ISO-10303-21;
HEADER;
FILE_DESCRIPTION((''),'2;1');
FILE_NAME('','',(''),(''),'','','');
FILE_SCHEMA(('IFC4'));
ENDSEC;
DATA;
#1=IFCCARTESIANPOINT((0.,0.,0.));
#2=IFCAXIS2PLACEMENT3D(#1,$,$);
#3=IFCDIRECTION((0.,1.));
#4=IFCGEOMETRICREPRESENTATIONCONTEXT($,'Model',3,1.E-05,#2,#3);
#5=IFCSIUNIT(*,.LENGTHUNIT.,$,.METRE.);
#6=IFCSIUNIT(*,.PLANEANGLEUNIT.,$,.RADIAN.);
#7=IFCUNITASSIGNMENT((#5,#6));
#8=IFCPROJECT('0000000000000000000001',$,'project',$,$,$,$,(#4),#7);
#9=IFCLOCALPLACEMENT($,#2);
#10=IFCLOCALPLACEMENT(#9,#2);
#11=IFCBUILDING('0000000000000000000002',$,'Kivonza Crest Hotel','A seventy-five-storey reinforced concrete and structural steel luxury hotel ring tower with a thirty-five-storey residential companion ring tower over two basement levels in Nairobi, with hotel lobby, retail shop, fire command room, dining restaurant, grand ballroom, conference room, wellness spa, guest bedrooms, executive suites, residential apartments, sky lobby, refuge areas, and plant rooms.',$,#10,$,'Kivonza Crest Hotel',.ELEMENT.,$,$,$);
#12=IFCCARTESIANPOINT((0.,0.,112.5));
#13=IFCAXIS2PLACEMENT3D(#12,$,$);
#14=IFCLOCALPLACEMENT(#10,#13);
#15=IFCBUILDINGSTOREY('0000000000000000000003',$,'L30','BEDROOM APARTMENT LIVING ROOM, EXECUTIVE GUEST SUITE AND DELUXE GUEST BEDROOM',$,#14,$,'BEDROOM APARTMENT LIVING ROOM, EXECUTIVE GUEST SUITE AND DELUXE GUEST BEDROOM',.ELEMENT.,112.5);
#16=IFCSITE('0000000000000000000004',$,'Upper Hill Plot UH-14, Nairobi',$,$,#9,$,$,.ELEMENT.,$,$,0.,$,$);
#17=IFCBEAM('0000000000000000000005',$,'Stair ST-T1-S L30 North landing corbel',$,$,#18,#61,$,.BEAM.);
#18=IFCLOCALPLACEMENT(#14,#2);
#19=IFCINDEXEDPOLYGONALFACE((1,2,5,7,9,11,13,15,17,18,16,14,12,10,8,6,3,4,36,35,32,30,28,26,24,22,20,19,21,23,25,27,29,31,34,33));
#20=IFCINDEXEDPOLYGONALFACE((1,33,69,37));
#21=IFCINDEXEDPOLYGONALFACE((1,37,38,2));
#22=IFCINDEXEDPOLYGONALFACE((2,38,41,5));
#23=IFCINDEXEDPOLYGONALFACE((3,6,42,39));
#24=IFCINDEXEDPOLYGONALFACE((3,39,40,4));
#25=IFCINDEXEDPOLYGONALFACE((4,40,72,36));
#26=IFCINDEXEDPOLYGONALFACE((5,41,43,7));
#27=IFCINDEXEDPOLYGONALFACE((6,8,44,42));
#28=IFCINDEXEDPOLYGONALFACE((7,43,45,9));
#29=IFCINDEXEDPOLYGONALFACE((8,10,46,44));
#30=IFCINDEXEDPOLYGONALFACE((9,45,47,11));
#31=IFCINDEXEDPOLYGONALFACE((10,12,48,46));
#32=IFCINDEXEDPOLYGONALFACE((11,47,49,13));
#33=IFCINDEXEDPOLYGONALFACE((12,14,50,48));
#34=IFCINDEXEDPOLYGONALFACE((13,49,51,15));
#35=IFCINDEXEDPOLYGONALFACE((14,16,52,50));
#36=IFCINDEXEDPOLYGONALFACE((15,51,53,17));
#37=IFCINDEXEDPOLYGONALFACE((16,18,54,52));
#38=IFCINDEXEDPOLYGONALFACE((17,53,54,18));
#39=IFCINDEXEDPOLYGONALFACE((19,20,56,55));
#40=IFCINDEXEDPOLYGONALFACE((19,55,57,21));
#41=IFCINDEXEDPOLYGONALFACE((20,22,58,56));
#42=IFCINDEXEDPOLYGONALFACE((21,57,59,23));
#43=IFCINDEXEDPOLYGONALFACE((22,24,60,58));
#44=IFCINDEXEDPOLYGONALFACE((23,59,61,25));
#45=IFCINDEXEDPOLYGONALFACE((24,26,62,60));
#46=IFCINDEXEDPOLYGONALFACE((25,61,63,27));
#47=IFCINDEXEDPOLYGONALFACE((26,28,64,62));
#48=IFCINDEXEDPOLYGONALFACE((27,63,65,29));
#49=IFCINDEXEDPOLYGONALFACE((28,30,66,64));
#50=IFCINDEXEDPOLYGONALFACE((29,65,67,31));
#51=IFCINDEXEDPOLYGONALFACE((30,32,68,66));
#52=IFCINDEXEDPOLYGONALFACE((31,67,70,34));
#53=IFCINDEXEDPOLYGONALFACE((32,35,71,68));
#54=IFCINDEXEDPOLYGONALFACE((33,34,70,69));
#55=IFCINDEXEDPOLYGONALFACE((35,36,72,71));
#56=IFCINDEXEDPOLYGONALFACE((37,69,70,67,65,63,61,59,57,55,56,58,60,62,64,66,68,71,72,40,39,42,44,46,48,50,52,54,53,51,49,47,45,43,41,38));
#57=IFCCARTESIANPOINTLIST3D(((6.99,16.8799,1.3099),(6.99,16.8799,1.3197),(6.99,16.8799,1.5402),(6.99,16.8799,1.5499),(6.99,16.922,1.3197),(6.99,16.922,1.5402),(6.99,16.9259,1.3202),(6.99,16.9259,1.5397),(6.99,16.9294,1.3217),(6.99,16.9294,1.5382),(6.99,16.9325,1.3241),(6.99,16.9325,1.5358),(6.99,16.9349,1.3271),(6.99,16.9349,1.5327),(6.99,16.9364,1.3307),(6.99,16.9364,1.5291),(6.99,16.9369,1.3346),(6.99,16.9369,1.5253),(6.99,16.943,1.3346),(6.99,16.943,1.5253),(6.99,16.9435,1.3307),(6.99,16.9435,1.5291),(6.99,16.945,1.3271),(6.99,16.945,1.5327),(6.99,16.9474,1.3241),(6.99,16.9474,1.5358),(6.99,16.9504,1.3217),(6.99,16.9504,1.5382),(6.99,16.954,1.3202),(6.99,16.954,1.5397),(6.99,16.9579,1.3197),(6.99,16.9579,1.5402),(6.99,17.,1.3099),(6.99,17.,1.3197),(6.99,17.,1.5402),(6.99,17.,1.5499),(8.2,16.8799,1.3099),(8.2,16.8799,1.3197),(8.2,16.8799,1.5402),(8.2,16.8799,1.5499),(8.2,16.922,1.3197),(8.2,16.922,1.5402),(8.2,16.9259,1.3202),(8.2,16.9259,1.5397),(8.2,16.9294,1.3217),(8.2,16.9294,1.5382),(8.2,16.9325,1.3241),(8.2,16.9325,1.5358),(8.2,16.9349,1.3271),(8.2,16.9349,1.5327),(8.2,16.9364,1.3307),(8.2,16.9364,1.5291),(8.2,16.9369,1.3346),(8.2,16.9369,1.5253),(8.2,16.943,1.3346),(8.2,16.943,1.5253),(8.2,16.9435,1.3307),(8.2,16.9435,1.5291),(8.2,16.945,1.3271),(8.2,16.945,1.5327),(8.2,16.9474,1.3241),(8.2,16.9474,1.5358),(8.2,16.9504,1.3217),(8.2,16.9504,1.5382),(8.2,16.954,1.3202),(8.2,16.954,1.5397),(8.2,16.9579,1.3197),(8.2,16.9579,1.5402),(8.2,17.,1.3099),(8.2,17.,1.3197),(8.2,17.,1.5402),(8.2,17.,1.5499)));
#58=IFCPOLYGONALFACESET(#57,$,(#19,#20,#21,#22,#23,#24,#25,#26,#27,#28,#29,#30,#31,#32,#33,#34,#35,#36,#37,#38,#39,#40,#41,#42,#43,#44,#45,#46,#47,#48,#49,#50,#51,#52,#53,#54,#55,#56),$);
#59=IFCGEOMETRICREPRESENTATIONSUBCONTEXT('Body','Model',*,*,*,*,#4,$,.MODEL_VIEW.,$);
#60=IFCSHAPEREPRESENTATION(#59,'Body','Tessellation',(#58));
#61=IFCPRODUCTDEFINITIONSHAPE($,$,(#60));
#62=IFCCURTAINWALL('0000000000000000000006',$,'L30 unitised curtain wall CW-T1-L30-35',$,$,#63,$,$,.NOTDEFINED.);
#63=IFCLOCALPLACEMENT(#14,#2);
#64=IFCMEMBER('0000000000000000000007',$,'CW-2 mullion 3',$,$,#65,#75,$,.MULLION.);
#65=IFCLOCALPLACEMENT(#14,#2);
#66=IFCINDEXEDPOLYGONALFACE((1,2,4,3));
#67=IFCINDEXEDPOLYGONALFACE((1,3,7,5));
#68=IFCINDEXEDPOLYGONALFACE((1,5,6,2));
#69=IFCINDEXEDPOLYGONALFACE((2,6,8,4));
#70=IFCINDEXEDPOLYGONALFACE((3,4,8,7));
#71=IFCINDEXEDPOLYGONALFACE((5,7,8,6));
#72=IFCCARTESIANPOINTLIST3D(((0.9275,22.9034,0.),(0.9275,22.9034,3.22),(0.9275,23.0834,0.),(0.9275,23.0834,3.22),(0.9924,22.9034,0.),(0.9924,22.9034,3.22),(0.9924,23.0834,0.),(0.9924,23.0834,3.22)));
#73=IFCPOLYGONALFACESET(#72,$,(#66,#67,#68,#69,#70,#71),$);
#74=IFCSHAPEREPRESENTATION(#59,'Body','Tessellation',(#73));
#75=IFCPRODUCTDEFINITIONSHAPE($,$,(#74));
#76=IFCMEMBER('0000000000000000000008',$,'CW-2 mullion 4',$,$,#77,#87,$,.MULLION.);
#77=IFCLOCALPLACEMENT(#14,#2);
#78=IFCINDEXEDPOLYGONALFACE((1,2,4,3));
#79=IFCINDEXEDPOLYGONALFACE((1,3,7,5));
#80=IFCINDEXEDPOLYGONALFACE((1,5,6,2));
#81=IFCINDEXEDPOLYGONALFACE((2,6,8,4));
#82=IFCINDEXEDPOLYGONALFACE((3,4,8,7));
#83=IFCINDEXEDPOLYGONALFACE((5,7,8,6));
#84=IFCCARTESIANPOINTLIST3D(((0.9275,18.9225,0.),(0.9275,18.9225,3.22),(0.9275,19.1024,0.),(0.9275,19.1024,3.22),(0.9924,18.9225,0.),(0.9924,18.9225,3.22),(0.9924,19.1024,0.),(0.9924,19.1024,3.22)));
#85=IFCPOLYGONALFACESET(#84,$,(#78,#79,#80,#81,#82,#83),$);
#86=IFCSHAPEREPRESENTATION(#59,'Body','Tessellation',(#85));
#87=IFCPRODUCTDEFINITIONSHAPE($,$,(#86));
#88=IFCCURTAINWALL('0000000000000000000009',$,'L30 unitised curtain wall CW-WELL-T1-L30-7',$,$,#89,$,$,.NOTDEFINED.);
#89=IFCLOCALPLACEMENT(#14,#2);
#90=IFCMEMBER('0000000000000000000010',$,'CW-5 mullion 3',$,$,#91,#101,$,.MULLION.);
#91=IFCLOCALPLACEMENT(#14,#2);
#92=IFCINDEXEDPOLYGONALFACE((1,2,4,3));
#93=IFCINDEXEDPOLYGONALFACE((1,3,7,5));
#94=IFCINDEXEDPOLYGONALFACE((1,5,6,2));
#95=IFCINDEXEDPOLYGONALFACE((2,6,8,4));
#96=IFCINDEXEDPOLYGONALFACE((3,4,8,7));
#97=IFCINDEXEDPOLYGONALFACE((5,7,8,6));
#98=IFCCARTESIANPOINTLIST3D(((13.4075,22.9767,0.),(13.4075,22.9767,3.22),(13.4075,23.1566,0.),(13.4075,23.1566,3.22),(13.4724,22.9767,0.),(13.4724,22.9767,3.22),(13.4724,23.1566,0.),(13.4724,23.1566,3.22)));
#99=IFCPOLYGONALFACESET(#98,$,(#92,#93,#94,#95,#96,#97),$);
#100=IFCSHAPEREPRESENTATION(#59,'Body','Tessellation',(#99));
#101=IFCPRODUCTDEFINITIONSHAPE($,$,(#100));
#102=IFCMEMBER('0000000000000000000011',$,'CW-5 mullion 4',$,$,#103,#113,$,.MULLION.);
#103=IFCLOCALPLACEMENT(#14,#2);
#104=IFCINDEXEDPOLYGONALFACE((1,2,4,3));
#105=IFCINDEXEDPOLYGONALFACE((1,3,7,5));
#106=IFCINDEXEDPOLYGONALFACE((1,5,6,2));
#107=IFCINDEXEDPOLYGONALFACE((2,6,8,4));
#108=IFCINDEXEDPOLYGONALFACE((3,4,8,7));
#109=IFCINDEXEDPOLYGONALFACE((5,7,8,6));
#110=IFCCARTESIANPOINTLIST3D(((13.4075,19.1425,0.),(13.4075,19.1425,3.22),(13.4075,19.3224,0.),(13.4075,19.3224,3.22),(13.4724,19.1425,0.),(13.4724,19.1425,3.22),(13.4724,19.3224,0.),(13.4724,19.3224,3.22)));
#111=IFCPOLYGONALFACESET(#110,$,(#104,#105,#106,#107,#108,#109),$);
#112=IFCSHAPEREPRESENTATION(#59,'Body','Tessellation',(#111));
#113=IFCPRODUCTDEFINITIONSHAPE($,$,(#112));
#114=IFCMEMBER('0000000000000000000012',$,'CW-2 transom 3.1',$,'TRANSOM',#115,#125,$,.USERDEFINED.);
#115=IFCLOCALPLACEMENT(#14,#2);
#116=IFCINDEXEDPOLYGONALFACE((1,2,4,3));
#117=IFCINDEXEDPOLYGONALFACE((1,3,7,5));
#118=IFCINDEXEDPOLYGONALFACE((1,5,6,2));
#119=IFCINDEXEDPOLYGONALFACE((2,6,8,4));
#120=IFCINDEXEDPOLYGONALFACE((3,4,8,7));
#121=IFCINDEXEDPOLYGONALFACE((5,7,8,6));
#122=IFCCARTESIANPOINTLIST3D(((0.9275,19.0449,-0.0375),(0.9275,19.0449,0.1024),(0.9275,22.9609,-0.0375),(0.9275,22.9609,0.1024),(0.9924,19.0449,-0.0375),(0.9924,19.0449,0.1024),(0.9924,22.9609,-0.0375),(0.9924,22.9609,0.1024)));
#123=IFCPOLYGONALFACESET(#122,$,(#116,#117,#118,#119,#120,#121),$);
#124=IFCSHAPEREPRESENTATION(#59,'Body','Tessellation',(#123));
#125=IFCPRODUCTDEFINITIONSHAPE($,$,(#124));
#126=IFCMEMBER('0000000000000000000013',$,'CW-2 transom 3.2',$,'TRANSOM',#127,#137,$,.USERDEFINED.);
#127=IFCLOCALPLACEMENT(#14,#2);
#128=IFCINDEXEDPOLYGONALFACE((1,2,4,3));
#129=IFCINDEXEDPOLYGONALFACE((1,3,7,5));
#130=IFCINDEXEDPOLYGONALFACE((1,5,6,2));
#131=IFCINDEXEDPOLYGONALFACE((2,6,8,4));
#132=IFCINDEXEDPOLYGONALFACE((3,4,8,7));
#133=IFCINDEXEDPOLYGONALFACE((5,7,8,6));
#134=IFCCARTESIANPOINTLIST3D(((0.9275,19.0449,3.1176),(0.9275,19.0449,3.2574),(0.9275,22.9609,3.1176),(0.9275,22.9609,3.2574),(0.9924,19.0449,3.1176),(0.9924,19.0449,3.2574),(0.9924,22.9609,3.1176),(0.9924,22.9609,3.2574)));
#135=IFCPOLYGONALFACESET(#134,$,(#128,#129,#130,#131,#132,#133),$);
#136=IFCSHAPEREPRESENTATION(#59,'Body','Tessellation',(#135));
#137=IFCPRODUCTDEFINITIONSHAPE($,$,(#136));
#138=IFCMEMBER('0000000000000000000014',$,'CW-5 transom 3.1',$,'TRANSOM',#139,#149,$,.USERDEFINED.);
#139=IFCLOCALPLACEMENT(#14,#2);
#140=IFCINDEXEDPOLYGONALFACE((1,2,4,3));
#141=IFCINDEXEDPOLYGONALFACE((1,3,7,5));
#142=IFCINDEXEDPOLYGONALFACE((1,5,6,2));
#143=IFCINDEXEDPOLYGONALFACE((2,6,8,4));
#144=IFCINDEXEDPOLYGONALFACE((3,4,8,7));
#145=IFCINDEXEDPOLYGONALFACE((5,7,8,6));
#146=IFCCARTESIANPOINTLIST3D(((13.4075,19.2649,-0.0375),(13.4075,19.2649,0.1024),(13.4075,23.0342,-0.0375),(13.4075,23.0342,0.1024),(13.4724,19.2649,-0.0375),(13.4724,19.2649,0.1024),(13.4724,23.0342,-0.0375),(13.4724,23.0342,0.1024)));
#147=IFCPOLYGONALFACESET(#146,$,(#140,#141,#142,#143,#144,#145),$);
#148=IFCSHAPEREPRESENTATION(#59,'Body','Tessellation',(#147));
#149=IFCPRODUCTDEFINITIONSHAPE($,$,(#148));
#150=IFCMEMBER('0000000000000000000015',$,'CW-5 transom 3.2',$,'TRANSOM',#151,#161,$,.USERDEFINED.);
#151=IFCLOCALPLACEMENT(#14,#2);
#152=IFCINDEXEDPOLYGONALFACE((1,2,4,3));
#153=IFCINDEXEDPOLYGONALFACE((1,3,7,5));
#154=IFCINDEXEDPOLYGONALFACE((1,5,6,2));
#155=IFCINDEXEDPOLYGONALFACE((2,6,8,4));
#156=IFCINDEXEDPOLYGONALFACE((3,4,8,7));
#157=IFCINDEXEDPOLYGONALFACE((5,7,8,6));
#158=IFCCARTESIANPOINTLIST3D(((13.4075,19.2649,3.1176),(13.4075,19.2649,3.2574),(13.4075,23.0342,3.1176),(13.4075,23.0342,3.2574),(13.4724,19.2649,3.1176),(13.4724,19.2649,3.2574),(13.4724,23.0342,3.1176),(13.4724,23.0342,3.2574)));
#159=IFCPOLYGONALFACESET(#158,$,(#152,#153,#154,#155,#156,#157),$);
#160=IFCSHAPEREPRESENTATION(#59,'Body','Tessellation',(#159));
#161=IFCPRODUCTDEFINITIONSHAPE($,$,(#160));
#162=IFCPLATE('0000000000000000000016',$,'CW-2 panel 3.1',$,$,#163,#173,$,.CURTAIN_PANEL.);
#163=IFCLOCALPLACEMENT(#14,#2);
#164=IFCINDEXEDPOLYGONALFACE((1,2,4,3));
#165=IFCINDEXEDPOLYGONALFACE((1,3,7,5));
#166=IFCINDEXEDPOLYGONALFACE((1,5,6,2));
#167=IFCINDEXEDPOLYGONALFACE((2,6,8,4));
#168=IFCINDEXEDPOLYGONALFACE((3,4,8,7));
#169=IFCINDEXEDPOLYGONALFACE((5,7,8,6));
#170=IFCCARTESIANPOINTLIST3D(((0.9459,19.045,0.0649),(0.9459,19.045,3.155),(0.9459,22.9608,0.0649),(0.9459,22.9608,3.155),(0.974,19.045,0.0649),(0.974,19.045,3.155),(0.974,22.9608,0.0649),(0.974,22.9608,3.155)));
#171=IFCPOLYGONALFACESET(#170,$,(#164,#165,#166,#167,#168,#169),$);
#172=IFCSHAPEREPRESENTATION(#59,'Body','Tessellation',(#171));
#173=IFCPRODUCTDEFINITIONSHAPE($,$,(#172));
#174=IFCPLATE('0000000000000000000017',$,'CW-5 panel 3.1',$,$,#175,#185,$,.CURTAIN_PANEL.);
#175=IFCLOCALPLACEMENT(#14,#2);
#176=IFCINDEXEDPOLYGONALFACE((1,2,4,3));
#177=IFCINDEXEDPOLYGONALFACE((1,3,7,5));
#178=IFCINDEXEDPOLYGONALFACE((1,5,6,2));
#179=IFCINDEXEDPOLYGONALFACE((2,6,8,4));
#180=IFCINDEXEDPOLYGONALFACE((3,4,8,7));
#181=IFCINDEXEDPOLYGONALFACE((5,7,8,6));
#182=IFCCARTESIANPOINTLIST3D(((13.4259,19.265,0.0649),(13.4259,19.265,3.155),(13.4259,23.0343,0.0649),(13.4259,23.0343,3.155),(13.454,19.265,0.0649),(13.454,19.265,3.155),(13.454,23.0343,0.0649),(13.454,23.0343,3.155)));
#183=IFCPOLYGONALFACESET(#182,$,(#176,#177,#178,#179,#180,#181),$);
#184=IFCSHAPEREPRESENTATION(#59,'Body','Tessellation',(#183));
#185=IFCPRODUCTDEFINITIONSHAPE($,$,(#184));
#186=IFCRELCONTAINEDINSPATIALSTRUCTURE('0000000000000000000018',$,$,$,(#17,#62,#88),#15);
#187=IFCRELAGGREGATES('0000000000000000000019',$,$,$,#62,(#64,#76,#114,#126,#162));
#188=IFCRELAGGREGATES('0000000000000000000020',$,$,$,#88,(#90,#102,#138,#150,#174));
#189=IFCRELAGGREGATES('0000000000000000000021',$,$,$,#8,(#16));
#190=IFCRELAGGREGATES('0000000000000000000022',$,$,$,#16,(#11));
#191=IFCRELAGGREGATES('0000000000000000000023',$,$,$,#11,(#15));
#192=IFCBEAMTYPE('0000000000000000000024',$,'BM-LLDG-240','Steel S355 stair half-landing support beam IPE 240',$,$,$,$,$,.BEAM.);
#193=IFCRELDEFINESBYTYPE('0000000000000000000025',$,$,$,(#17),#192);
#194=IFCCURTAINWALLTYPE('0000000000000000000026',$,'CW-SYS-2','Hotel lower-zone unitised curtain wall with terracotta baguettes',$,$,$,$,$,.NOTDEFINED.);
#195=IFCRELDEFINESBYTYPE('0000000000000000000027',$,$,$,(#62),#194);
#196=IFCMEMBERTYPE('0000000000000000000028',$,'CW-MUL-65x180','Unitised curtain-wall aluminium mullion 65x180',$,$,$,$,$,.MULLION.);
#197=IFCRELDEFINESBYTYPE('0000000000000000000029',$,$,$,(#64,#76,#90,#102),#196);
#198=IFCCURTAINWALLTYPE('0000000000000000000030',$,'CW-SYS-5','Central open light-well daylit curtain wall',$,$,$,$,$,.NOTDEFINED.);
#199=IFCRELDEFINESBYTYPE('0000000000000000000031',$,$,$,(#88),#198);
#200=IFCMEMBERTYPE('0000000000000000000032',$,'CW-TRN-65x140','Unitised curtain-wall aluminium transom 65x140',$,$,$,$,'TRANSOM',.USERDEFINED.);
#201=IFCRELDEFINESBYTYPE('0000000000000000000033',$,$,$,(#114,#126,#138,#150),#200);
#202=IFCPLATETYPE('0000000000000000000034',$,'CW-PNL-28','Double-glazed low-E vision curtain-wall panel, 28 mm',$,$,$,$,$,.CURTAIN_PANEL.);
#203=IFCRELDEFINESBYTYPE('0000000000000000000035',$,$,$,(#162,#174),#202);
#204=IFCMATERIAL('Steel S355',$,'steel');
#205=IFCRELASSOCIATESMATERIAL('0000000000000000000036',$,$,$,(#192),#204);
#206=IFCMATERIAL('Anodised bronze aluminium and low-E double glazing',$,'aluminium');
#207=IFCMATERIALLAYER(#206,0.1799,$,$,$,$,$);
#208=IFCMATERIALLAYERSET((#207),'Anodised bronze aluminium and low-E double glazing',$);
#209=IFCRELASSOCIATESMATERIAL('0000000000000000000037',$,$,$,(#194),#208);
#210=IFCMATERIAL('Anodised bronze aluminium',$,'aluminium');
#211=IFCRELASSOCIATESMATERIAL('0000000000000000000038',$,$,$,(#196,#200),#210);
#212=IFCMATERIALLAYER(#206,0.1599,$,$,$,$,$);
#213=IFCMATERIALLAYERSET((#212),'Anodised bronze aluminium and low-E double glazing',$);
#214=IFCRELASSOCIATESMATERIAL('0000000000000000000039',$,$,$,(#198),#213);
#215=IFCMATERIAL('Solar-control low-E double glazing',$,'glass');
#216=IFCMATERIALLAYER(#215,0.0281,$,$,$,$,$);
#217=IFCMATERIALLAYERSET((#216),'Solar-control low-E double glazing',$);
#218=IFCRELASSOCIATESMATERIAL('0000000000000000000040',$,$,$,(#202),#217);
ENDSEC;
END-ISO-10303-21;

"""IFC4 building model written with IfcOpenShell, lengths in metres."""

from ifc_helpers import new_model, si_unit, direction, frame, origin, origin_2d, place, context, subcontext, project, spatial, rectangle, i_section, extrude, material, layer, layer_set, material_profile, profile_set, type_object, element, aggregate, save


model = new_model("IFC4")

# Units and contexts
model_context = context("Model", 3, precision=1e-05, world=origin(), true_north=direction((0.0, 1.0)))
body_context = subcontext(model_context, "Body", "Model", "MODEL_VIEW")
ifc_project = project(units=[si_unit("LENGTHUNIT", "METRE"), si_unit("PLANEANGLEUNIT", "RADIAN")], contexts=[model_context])

# Site, building, storey
site_placement = place(None, origin())
site = spatial("IfcSite", under=ifc_project, at=site_placement, Name="Upper Hill Plot UH-14, Nairobi", CompositionType="ELEMENT", RefElevation=0.0)
building_placement = place(site_placement, origin())
building = spatial("IfcBuilding", under=site, at=building_placement, Name="Kivonza Crest Hotel", Description="A seventy-five-storey reinforced concrete and structural steel luxury hotel ring tower with a thirty-five-storey residential companion ring tower over two basement levels in Nairobi, with hotel lobby, retail shop, fire command room, dining restaurant, grand ballroom, conference room, wellness spa, guest bedrooms, executive suites, residential apartments, sky lobby, refuge areas, and plant rooms.", LongName="Kivonza Crest Hotel", CompositionType="ELEMENT")
storey_placement = place(building_placement, frame((0.0, 0.0, 112.5)))
storey = spatial("IfcBuildingStorey", under=building, at=storey_placement, Name="L30", Description="BEDROOM APARTMENT LIVING ROOM, EXECUTIVE GUEST SUITE AND DELUXE GUEST BEDROOM", LongName="BEDROOM APARTMENT LIVING ROOM, EXECUTIVE GUEST SUITE AND DELUXE GUEST BEDROOM", CompositionType="ELEMENT", Elevation=112.5)

# Beam
ifc_material_1 = material(Name="Steel S355", Category="steel")
ifc_material_profile_1 = material_profile(ifc_material_1, i_section(OverallWidth=0.1201, OverallDepth=0.24, WebThickness=0.0061, FlangeThickness=0.0098, FilletRadius=0.0149, at=origin_2d()), Name="IPE 240")
ifc_profile_set_1 = profile_set([ifc_material_profile_1], Name="Steel S355")
beam_type_1 = type_object("IfcBeamType", Name="BM-LLDG-240", Description="Steel S355 stair half-landing support beam IPE 240", PredefinedType="BEAM", material=ifc_profile_set_1)
for number, where, z_axis, x_axis, name in (
    (1, (6.99, 16.9399, 1.4299), (1.0, 0.0, 0.0), (0.0, 1.0, 0.0), "Stair ST-T1-S L30 North landing corbel"),
):
    element("IfcBeam", number, at=place(storey_placement, frame(where, z_axis=z_axis, x_axis=x_axis)), inside=storey, type_object=beam_type_1, Name=name, PredefinedType="BEAM", context=body_context, shape_type="SweptSolid", body=[
        extrude(i_section(OverallWidth=0.1201, OverallDepth=0.24, WebThickness=0.0061, FlangeThickness=0.0098, FilletRadius=0.0149, at=origin_2d()), origin(), (0.0, 0.0, 1.0), 1.21),
    ])

# Curtain walls, members
ifc_material_2 = material(Name="Anodised bronze aluminium and low-E double glazing", Category="aluminium")
ifc_layer_1 = layer(ifc_material_2, 0.1799)
ifc_layer_set_1 = layer_set([ifc_layer_1], Name="Anodised bronze aluminium and low-E double glazing")
curtain_wall_type_1 = type_object("IfcCurtainWallType", Name="CW-SYS-2", Description="Hotel lower-zone unitised curtain wall with terracotta baguettes", PredefinedType="NOTDEFINED", material=ifc_layer_set_1)
curtain_wall_1_placement = place(storey_placement, origin())
curtain_wall_1 = element("IfcCurtainWall", 2, at=curtain_wall_1_placement, inside=storey, type_object=curtain_wall_type_1, Name="L30 unitised curtain wall CW-T1-L30-35", PredefinedType="NOTDEFINED")
ifc_material_3 = material(Name="Anodised bronze aluminium", Category="aluminium")
ifc_material_profile_2 = material_profile(ifc_material_3, rectangle(XDim=0.0649, YDim=0.1799, at=origin_2d()), Name="CW-M 65x180")
ifc_profile_set_2 = profile_set([ifc_material_profile_2], Name="Anodised bronze aluminium")
member_type_1 = type_object("IfcMemberType", Name="CW-MUL-65x180", Description="Unitised curtain-wall aluminium mullion 65x180", PredefinedType="MULLION", material=ifc_profile_set_2)
member_1_placement = place(storey_placement, frame((0.96, 22.9934, 0.0), z_axis=(0.0, 0.0, 1.0), x_axis=(1.0, 0.0, 0.0)))
member_1 = element("IfcMember", 3, at=member_1_placement, type_object=member_type_1, Name="CW-2 mullion 3", PredefinedType="MULLION", context=body_context, shape_type="SweptSolid", body=[
    extrude(rectangle(XDim=0.0649, YDim=0.1799, at=origin_2d()), origin(), (0.0, 0.0, 1.0), 3.22),
])
member_2_placement = place(storey_placement, frame((0.96, 19.0125, 0.0), z_axis=(0.0, 0.0, 1.0), x_axis=(1.0, 0.0, 0.0)))
member_2 = element("IfcMember", 4, at=member_2_placement, type_object=member_type_1, Name="CW-2 mullion 4", PredefinedType="MULLION", context=body_context, shape_type="SweptSolid", body=[
    extrude(rectangle(XDim=0.0649, YDim=0.1799, at=origin_2d()), origin(), (0.0, 0.0, 1.0), 3.22),
])
ifc_layer_2 = layer(ifc_material_2, 0.1599)
ifc_layer_set_2 = layer_set([ifc_layer_2], Name="Anodised bronze aluminium and low-E double glazing")
curtain_wall_type_2 = type_object("IfcCurtainWallType", Name="CW-SYS-5", Description="Central open light-well daylit curtain wall", PredefinedType="NOTDEFINED", material=ifc_layer_set_2)
curtain_wall_2_placement = place(storey_placement, origin())
curtain_wall_2 = element("IfcCurtainWall", 5, at=curtain_wall_2_placement, inside=storey, type_object=curtain_wall_type_2, Name="L30 unitised curtain wall CW-WELL-T1-L30-7", PredefinedType="NOTDEFINED")
member_3_placement = place(storey_placement, frame((13.4399, 23.0667, 0.0), z_axis=(0.0, 0.0, 1.0), x_axis=(1.0, 0.0, 0.0)))
member_3 = element("IfcMember", 6, at=member_3_placement, type_object=member_type_1, Name="CW-5 mullion 3", PredefinedType="MULLION", context=body_context, shape_type="SweptSolid", body=[
    extrude(rectangle(XDim=0.0649, YDim=0.1799, at=origin_2d()), origin(), (0.0, 0.0, 1.0), 3.22),
])
member_4_placement = place(storey_placement, frame((13.4399, 19.2324, 0.0), z_axis=(0.0, 0.0, 1.0), x_axis=(1.0, 0.0, 0.0)))
member_4 = element("IfcMember", 7, at=member_4_placement, type_object=member_type_1, Name="CW-5 mullion 4", PredefinedType="MULLION", context=body_context, shape_type="SweptSolid", body=[
    extrude(rectangle(XDim=0.0649, YDim=0.1799, at=origin_2d()), origin(), (0.0, 0.0, 1.0), 3.22),
])

# Members
ifc_material_profile_3 = material_profile(ifc_material_3, rectangle(XDim=0.0649, YDim=0.1399, at=origin_2d()), Name="CW-T 65x140")
ifc_profile_set_3 = profile_set([ifc_material_profile_3], Name="Anodised bronze aluminium")
member_type_2 = type_object("IfcMemberType", Name="CW-TRN-65x140", Description="Unitised curtain-wall aluminium transom 65x140", ElementType="TRANSOM", PredefinedType="USERDEFINED", material=ifc_profile_set_3)
member_5_placement = place(storey_placement, frame((0.96, 22.9609, 0.0325), z_axis=(0.0, -1.0, 0.0), x_axis=(1.0, 0.0, 0.0)))
member_5 = element("IfcMember", 8, at=member_5_placement, type_object=member_type_2, Name="CW-2 transom 3.1", ObjectType="TRANSOM", PredefinedType="USERDEFINED", context=body_context, shape_type="SweptSolid", body=[
    extrude(rectangle(XDim=0.0649, YDim=0.1399, at=origin_2d()), origin(), (0.0, 0.0, 1.0), 3.916),
])
member_6_placement = place(storey_placement, frame((0.96, 22.9609, 3.1875), z_axis=(0.0, -1.0, 0.0), x_axis=(1.0, 0.0, 0.0)))
member_6 = element("IfcMember", 9, at=member_6_placement, type_object=member_type_2, Name="CW-2 transom 3.2", ObjectType="TRANSOM", PredefinedType="USERDEFINED", context=body_context, shape_type="SweptSolid", body=[
    extrude(rectangle(XDim=0.0649, YDim=0.1399, at=origin_2d()), origin(), (0.0, 0.0, 1.0), 3.916),
])
member_7_placement = place(storey_placement, frame((13.4399, 23.0342, 0.0325), z_axis=(0.0, -1.0, 0.0), x_axis=(1.0, 0.0, 0.0)))
member_7 = element("IfcMember", 10, at=member_7_placement, type_object=member_type_2, Name="CW-5 transom 3.1", ObjectType="TRANSOM", PredefinedType="USERDEFINED", context=body_context, shape_type="SweptSolid", body=[
    extrude(rectangle(XDim=0.0649, YDim=0.1399, at=origin_2d()), origin(), (0.0, 0.0, 1.0), 3.7693),
])
member_8_placement = place(storey_placement, frame((13.4399, 23.0342, 3.1875), z_axis=(0.0, -1.0, 0.0), x_axis=(1.0, 0.0, 0.0)))
member_8 = element("IfcMember", 11, at=member_8_placement, type_object=member_type_2, Name="CW-5 transom 3.2", ObjectType="TRANSOM", PredefinedType="USERDEFINED", context=body_context, shape_type="SweptSolid", body=[
    extrude(rectangle(XDim=0.0649, YDim=0.1399, at=origin_2d()), origin(), (0.0, 0.0, 1.0), 3.7693),
])

# Plates
ifc_material_4 = material(Name="Solar-control low-E double glazing", Category="glass")
ifc_layer_3 = layer(ifc_material_4, 0.0281)
ifc_layer_set_3 = layer_set([ifc_layer_3], Name="Solar-control low-E double glazing")
plate_type = type_object("IfcPlateType", Name="CW-PNL-28", Description="Double-glazed low-E vision curtain-wall panel, 28 mm", PredefinedType="CURTAIN_PANEL", material=ifc_layer_set_3)
plate_1_placement = place(storey_placement, frame((0.96, 21.0029, 0.0649), z_axis=(0.0, 0.0, 1.0), x_axis=(0.0, -1.0, 0.0)))
plate_1 = element("IfcPlate", 12, at=plate_1_placement, type_object=plate_type, Name="CW-2 panel 3.1", PredefinedType="CURTAIN_PANEL", context=body_context, shape_type="SweptSolid", body=[
    extrude(rectangle(XDim=3.9158, YDim=0.0281, at=origin_2d()), origin(), (0.0, 0.0, 1.0), 3.0901),
])
aggregate(curtain_wall_1, [member_1, member_2, member_5, member_6, plate_1])
plate_2_placement = place(storey_placement, frame((13.4399, 21.1497, 0.0649), z_axis=(0.0, 0.0, 1.0), x_axis=(0.0, -1.0, 0.0)))
plate_2 = element("IfcPlate", 13, at=plate_2_placement, type_object=plate_type, Name="CW-5 panel 3.1", PredefinedType="CURTAIN_PANEL", context=body_context, shape_type="SweptSolid", body=[
    extrude(rectangle(XDim=3.7693, YDim=0.0281, at=origin_2d()), origin(), (0.0, 0.0, 1.0), 3.0901),
])
aggregate(curtain_wall_2, [member_3, member_4, member_7, member_8, plate_2])

save(model, "model.ifc")
